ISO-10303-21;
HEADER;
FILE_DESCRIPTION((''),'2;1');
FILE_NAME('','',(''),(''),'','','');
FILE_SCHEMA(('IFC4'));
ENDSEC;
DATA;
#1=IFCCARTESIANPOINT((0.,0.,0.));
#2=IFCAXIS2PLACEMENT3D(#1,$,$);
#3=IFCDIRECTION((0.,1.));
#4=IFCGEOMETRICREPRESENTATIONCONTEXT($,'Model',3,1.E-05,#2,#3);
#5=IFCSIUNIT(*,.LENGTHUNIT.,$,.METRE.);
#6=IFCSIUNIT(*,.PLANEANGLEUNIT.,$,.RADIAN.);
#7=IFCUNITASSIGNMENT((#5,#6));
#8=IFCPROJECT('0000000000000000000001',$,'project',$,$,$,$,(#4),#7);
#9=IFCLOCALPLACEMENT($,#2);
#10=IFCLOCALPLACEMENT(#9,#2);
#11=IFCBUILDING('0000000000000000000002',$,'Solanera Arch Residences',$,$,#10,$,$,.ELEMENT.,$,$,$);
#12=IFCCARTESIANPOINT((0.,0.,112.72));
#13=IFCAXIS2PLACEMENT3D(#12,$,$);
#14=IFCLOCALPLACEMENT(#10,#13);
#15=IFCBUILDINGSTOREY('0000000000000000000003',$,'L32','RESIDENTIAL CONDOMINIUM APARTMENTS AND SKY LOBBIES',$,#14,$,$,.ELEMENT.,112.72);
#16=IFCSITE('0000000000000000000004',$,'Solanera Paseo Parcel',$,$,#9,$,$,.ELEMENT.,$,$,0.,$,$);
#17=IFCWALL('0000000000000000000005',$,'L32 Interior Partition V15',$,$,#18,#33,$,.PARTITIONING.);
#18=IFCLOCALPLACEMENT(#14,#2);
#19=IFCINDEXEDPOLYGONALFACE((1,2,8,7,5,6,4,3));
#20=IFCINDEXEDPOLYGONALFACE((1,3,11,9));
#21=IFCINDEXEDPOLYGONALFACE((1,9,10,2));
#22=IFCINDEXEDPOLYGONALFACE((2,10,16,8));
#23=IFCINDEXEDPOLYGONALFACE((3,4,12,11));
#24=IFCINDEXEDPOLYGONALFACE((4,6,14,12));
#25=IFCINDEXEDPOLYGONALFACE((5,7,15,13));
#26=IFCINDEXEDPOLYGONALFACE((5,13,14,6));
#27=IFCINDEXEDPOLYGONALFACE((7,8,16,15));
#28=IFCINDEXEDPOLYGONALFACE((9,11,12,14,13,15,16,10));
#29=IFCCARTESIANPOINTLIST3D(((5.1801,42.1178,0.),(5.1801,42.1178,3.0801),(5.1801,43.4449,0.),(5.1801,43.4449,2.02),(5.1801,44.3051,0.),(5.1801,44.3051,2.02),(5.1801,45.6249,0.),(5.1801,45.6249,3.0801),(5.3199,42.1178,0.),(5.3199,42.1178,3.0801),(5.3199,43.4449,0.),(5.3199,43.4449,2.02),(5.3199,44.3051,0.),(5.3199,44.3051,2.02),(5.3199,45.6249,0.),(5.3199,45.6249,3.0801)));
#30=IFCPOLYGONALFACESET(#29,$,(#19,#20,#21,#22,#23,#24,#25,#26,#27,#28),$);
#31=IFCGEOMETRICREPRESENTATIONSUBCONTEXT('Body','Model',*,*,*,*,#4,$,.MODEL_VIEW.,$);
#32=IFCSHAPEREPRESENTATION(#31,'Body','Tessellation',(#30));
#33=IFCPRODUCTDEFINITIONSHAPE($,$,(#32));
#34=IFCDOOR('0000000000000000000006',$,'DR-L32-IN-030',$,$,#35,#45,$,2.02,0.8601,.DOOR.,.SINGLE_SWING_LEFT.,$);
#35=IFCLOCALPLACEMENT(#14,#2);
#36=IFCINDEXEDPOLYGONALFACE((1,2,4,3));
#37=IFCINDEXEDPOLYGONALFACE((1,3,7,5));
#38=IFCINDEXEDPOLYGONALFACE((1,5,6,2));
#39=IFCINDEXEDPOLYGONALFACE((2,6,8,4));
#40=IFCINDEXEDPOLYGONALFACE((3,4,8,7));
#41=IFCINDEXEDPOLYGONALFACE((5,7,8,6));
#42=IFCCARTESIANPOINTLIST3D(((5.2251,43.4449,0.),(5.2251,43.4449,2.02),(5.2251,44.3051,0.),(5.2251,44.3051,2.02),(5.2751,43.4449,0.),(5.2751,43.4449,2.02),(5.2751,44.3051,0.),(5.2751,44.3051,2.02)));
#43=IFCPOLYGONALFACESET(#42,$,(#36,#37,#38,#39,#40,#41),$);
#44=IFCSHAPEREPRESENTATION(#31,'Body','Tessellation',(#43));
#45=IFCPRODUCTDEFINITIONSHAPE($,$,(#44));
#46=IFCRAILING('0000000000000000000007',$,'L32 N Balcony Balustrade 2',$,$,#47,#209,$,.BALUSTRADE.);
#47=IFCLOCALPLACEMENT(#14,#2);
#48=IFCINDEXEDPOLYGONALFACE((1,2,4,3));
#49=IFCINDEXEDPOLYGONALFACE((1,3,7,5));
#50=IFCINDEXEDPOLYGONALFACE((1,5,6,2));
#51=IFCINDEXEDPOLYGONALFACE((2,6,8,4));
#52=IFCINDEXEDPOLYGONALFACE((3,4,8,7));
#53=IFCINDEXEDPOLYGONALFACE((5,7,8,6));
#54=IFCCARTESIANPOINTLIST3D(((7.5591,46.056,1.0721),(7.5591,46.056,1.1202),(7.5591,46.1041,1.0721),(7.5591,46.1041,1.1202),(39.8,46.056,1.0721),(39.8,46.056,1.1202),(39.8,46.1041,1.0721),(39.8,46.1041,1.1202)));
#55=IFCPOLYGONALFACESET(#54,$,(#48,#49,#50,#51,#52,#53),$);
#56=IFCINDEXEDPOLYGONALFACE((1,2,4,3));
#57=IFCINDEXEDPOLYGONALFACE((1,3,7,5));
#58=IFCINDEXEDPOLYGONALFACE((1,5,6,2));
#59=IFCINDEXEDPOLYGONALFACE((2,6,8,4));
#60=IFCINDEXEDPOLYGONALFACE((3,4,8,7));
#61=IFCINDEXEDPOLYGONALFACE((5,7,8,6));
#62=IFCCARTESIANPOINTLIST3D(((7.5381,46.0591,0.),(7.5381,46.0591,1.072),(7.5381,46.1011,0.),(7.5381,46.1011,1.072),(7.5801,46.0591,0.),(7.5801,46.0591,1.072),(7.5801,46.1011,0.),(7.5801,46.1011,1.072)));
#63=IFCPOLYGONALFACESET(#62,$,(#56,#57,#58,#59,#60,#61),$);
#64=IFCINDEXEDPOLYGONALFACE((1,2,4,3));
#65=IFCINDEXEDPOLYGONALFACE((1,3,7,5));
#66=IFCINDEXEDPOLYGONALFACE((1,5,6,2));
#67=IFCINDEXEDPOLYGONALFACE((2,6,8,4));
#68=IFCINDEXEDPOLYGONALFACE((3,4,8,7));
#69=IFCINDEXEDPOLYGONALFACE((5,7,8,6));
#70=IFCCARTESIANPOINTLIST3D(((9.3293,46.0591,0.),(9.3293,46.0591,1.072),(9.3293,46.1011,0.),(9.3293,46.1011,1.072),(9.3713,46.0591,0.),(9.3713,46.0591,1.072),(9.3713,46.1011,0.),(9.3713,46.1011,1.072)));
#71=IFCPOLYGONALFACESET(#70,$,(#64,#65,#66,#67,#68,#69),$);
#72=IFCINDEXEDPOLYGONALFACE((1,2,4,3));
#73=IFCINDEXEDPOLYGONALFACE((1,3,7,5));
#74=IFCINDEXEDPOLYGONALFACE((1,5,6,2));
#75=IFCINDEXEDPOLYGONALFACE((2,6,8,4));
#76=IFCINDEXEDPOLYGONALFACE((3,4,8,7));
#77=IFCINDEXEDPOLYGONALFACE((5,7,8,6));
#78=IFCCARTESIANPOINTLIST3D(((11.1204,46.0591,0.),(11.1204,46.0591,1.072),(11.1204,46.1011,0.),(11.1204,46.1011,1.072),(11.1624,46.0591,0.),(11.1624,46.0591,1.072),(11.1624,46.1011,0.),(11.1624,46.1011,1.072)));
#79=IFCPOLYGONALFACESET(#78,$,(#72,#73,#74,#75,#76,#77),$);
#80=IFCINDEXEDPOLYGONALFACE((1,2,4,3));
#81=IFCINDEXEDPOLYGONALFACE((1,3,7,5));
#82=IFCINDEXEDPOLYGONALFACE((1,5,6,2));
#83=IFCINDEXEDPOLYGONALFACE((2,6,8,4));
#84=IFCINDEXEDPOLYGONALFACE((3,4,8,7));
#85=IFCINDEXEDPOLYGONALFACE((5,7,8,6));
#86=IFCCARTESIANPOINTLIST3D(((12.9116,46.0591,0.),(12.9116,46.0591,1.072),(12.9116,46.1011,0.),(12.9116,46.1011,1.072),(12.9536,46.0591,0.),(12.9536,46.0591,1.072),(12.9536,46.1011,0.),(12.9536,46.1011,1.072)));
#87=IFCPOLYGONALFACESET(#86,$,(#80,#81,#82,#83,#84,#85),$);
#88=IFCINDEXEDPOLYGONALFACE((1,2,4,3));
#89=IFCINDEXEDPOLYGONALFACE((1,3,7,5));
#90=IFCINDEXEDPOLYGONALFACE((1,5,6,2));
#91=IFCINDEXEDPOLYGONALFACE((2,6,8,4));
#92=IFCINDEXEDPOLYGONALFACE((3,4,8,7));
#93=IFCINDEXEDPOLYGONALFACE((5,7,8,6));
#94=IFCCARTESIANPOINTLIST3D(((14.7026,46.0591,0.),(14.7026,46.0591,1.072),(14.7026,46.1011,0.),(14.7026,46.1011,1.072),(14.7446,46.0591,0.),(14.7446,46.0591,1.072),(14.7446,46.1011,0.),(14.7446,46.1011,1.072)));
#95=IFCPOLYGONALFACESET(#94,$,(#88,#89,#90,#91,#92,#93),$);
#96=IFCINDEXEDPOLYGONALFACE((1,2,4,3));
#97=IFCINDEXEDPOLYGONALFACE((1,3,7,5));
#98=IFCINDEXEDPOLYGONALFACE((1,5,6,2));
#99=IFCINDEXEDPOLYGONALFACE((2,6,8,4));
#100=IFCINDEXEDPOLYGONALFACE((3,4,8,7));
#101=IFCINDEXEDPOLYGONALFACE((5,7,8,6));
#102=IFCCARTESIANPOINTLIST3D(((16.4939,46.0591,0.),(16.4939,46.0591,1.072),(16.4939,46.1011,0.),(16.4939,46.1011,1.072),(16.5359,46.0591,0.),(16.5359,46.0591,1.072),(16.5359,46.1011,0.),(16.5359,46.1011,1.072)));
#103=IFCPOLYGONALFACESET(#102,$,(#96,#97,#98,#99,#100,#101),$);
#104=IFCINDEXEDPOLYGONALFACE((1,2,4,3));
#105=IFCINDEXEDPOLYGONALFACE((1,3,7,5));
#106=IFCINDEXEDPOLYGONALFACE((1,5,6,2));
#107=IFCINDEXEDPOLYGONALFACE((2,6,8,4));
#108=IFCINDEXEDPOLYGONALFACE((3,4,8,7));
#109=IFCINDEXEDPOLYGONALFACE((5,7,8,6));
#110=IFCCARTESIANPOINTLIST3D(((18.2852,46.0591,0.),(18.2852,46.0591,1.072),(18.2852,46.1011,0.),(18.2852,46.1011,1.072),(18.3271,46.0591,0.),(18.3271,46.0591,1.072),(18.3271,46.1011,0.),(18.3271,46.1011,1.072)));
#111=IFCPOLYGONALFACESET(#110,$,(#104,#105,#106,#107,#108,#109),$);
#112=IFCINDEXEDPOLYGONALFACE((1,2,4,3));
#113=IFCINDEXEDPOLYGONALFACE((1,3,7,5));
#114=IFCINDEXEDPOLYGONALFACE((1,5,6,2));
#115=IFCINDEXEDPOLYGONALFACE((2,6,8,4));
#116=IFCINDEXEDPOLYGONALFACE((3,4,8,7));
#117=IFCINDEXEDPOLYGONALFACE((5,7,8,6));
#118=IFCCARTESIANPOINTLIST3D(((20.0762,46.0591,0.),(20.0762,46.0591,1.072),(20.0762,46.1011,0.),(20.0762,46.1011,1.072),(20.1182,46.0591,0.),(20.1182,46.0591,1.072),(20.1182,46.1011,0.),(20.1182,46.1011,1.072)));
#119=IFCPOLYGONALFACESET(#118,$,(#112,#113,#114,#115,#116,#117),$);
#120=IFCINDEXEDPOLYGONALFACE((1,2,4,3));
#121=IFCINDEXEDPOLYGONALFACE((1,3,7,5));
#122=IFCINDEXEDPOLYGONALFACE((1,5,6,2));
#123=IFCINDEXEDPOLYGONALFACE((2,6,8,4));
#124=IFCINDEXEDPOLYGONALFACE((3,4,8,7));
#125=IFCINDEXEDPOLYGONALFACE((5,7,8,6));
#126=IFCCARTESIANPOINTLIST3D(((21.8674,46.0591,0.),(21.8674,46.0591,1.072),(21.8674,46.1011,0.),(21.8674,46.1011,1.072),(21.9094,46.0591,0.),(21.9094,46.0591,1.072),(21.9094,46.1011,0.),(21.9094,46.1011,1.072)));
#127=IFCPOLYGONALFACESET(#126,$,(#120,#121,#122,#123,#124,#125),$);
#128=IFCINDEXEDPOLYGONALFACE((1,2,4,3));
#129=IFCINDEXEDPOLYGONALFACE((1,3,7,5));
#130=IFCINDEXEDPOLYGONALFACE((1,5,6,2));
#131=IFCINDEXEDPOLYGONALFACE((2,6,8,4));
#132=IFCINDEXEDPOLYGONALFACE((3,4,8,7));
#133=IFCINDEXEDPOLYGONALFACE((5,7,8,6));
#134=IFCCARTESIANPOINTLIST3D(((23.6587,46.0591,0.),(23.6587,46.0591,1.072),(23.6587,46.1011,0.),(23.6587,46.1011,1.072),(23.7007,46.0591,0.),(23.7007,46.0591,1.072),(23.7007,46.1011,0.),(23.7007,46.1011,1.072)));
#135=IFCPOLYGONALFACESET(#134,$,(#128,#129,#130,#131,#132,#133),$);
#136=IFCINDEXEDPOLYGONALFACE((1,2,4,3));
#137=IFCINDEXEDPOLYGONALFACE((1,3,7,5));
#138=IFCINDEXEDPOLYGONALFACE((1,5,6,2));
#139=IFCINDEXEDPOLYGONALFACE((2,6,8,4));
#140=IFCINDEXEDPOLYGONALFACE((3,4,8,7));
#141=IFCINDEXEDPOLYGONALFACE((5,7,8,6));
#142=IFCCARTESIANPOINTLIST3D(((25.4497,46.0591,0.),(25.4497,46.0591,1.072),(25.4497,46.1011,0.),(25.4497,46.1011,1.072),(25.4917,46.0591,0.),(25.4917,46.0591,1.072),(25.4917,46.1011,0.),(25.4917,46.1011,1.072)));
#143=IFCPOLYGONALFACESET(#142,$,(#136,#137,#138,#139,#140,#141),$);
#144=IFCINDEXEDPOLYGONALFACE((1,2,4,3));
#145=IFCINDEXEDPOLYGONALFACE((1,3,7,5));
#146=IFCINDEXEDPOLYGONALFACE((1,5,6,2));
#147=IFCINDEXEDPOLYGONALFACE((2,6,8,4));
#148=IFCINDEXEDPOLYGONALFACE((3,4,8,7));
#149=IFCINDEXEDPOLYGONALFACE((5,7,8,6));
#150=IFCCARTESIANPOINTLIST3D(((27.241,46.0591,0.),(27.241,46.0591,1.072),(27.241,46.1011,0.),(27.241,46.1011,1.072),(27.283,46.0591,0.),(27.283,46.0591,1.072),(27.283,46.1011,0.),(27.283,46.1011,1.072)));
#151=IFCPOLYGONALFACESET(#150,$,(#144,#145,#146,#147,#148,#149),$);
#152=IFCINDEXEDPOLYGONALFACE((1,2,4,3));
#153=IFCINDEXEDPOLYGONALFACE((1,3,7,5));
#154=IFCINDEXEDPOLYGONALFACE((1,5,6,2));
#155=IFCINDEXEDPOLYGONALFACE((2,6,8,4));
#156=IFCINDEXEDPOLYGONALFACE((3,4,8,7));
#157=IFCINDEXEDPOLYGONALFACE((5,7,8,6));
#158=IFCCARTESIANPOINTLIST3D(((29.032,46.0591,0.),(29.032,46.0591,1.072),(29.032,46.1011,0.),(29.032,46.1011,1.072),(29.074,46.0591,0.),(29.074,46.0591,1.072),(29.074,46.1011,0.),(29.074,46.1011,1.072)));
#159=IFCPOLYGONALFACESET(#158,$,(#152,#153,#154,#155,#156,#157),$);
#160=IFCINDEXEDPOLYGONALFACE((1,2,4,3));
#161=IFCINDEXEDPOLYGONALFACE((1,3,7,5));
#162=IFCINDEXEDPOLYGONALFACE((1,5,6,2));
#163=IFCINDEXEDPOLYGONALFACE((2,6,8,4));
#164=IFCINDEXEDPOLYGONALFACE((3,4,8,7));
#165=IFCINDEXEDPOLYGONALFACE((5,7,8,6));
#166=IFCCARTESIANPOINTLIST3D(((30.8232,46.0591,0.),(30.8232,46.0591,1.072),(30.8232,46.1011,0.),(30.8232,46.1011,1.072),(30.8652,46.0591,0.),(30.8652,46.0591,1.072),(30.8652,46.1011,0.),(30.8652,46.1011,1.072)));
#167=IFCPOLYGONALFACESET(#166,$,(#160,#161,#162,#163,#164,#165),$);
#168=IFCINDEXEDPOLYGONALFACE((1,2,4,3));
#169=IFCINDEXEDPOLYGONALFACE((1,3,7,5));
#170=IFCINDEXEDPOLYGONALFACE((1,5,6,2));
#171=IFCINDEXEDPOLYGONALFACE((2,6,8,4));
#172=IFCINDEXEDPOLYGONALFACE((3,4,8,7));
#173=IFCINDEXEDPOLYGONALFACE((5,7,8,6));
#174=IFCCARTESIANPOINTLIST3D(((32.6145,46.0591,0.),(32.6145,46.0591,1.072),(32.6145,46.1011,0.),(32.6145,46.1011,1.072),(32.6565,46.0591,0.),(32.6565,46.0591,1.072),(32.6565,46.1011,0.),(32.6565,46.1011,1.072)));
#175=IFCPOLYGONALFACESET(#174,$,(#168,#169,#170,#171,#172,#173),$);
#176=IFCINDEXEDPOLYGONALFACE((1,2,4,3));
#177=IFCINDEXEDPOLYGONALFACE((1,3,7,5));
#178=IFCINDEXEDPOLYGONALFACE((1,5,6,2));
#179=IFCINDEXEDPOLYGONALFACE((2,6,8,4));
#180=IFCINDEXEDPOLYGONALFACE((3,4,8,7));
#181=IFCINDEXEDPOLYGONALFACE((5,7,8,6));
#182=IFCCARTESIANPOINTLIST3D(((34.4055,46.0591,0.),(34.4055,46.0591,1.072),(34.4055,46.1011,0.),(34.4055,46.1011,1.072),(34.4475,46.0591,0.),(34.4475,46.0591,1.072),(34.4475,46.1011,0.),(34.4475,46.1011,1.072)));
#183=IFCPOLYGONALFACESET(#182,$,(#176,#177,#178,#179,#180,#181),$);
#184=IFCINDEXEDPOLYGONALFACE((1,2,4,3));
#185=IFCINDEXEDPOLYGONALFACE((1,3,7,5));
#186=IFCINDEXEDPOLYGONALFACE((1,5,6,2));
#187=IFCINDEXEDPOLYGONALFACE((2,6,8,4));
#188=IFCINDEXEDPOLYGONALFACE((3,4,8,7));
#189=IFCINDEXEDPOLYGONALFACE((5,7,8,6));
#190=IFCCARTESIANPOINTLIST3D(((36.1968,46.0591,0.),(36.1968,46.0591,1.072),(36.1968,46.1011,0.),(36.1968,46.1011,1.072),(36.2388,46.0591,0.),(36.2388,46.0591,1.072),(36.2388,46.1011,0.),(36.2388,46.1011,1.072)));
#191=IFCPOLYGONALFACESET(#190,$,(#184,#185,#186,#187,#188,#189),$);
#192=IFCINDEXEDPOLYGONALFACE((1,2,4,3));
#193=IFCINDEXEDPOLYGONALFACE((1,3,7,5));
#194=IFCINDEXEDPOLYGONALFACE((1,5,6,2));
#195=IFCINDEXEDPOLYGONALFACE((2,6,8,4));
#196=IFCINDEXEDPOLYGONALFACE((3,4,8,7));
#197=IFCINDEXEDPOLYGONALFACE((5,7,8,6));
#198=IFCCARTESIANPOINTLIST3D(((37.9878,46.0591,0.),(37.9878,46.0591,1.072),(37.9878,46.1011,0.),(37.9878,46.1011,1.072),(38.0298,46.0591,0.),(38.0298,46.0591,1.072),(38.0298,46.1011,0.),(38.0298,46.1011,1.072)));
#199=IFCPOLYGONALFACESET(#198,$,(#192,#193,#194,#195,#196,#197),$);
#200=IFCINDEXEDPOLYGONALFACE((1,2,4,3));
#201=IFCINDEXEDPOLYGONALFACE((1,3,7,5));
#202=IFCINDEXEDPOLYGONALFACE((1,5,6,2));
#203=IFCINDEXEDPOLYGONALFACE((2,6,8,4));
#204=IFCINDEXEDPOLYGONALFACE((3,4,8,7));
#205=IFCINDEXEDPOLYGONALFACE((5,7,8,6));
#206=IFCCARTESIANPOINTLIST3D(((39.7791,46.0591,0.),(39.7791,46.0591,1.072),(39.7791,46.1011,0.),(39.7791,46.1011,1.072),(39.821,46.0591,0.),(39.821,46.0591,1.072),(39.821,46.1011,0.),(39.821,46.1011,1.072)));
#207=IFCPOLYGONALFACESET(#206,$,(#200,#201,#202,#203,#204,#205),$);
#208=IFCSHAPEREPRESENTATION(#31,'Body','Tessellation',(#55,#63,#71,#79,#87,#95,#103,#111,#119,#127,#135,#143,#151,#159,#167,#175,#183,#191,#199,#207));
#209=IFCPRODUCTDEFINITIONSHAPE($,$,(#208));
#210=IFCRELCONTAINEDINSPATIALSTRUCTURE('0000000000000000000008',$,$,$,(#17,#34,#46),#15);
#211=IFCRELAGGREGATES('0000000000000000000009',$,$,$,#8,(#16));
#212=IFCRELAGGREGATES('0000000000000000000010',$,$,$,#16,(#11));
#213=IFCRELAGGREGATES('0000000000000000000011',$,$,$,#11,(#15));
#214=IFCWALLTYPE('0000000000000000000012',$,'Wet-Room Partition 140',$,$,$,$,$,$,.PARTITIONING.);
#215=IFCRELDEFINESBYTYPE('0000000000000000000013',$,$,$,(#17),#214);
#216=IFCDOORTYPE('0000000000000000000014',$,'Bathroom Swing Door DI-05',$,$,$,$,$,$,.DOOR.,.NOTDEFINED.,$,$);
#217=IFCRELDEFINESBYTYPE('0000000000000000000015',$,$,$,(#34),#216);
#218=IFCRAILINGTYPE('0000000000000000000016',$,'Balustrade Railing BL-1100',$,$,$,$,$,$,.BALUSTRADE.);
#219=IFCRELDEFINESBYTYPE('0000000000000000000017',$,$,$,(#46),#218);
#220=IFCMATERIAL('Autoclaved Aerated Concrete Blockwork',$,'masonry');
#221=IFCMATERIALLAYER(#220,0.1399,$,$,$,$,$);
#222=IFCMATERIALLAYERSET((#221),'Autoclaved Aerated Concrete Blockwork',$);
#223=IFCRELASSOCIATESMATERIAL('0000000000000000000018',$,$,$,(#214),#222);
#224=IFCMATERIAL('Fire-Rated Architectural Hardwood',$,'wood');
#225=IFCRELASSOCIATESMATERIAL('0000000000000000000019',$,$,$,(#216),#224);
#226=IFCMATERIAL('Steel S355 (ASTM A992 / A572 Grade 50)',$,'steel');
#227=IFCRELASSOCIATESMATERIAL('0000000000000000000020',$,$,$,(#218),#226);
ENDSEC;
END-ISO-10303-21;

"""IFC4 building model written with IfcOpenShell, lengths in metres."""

from ifc_helpers import new_model, si_unit, direction, frame, frame_2d, origin, origin_2d, place, context, subcontext, project, spatial, rectangle, extrude, material, layer, layer_set, type_object, element, fill, save


model = new_model("IFC4")

# Units and contexts
model_context = context("Model", 3, precision=1e-05, world=origin(), true_north=direction((0.0, 1.0)))
body_context = subcontext(model_context, "Body", "Model", "MODEL_VIEW")
ifc_project = project(units=[si_unit("LENGTHUNIT", "METRE"), si_unit("PLANEANGLEUNIT", "RADIAN")], contexts=[model_context])

# Site, building, storey
site_placement = place(None, origin())
site = spatial("IfcSite", under=ifc_project, at=site_placement, Name="Solanera Paseo Parcel", CompositionType="ELEMENT", RefElevation=0.0)
building_placement = place(site_placement, origin())
building = spatial("IfcBuilding", under=site, at=building_placement, Name="Solanera Arch Residences", CompositionType="ELEMENT")
storey_placement = place(building_placement, frame((0.0, 0.0, 112.72)))
storey = spatial("IfcBuildingStorey", under=building, at=storey_placement, Name="L32", Description="RESIDENTIAL CONDOMINIUM APARTMENTS AND SKY LOBBIES", CompositionType="ELEMENT", Elevation=112.72)

# Wall, opening, door
ifc_material_1 = material(Name="Autoclaved Aerated Concrete Blockwork", Category="masonry")
ifc_layer_1 = layer(ifc_material_1, 0.1399)
ifc_layer_set_1 = layer_set([ifc_layer_1], Name="Autoclaved Aerated Concrete Blockwork")
wall_type_1 = type_object("IfcWallType", Name="Wet-Room Partition 140", PredefinedType="PARTITIONING", material=ifc_layer_set_1)
wall_1_placement = place(storey_placement, frame((5.25, 42.1179, 0.0), z_axis=(0.0, 0.0, 1.0), x_axis=(0.0, 1.0, 0.0)))
wall_1 = element("IfcWall", 1, at=wall_1_placement, inside=storey, type_object=wall_type_1, Name="L32 Interior Partition V15", PredefinedType="PARTITIONING", context=body_context, shape_type="SweptSolid", body=[
    extrude(rectangle(XDim=3.5071, YDim=0.1399, at=frame_2d((1.7534, 0.0))), origin(), (0.0, 0.0, 1.0), 3.0801),
])
opening_1_placement = place(wall_1_placement, frame((1.3269, 0.0, 0.0)))
opening_1 = element("IfcOpeningElement", 2, at=opening_1_placement, cuts=wall_1, PredefinedType="OPENING", context=body_context, shape_type="SweptSolid", body=[
    extrude(rectangle(XDim=0.8601, YDim=2.02, at=frame_2d((0.4302, 1.01))), frame((0.0, 0.0798, 0.0), z_axis=(0.0, -1.0, 0.0), x_axis=(1.0, 0.0, 0.0)), (0.0, 0.0, 1.0), 0.1599),
])
ifc_material_2 = material(Name="Fire-Rated Architectural Hardwood", Category="wood")
door_type_1 = type_object("IfcDoorType", Name="Bathroom Swing Door DI-05", OperationType="NOTDEFINED", PredefinedType="DOOR", material=ifc_material_2)
door_1_placement = place(opening_1_placement, origin())
door_1 = element("IfcDoor", 3, at=door_1_placement, inside=storey, type_object=door_type_1, Name="DR-L32-IN-030", OperationType="SINGLE_SWING_LEFT", OverallHeight=2.02, OverallWidth=0.8601, PredefinedType="DOOR", context=body_context, shape_type="SweptSolid", body=[
    extrude(rectangle(XDim=0.8601, YDim=2.02, at=frame_2d((0.4302, 1.01))), frame((0.0, 0.0249, 0.0), z_axis=(0.0, -1.0, 0.0), x_axis=(1.0, 0.0, 0.0)), (0.0, 0.0, 1.0), 0.05),
])
fill(opening_1, door_1)

# Railing
ifc_material_3 = material(Name="Steel S355 (ASTM A992 / A572 Grade 50)", Category="steel")
railing_type = type_object("IfcRailingType", Name="Balustrade Railing BL-1100", PredefinedType="BALUSTRADE", material=ifc_material_3)
railing_placement = place(storey_placement, frame((7.5591, 46.0801, 0.0)))
element("IfcRailing", 4, at=railing_placement, inside=storey, type_object=railing_type, Name="L32 N Balcony Balustrade 2", PredefinedType="BALUSTRADE", context=body_context, shape_type="SweptSolid", body=[
    extrude(rectangle(XDim=0.0481, YDim=0.0481, at=origin_2d()), frame((0.0, 0.0, 1.0962), z_axis=(1.0, 0.0, 0.0), x_axis=(0.0, 1.0, 0.0)), (0.0, 0.0, 1.0), 32.241),
    extrude(rectangle(XDim=0.042, YDim=0.042, at=origin_2d()), origin(), (0.0, 0.0, 1.0), 1.072),
    extrude(rectangle(XDim=0.042, YDim=0.042, at=origin_2d()), frame((1.7913, 0.0, 0.0)), (0.0, 0.0, 1.0), 1.072),
    extrude(rectangle(XDim=0.042, YDim=0.042, at=origin_2d()), frame((3.5823, 0.0, 0.0)), (0.0, 0.0, 1.0), 1.072),
    extrude(rectangle(XDim=0.042, YDim=0.042, at=origin_2d()), frame((5.3735, 0.0, 0.0)), (0.0, 0.0, 1.0), 1.072),
    extrude(rectangle(XDim=0.042, YDim=0.042, at=origin_2d()), frame((7.1646, 0.0, 0.0)), (0.0, 0.0, 1.0), 1.072),
    extrude(rectangle(XDim=0.042, YDim=0.042, at=origin_2d()), frame((8.9558, 0.0, 0.0)), (0.0, 0.0, 1.0), 1.072),
    extrude(rectangle(XDim=0.042, YDim=0.042, at=origin_2d()), frame((10.7471, 0.0, 0.0)), (0.0, 0.0, 1.0), 1.072),
    extrude(rectangle(XDim=0.042, YDim=0.042, at=origin_2d()), frame((12.5381, 0.0, 0.0)), (0.0, 0.0, 1.0), 1.072),
    extrude(rectangle(XDim=0.042, YDim=0.042, at=origin_2d()), frame((14.3293, 0.0, 0.0)), (0.0, 0.0, 1.0), 1.072),
    extrude(rectangle(XDim=0.042, YDim=0.042, at=origin_2d()), frame((16.1206, 0.0, 0.0)), (0.0, 0.0, 1.0), 1.072),
    extrude(rectangle(XDim=0.042, YDim=0.042, at=origin_2d()), frame((17.9116, 0.0, 0.0)), (0.0, 0.0, 1.0), 1.072),
    extrude(rectangle(XDim=0.042, YDim=0.042, at=origin_2d()), frame((19.7029, 0.0, 0.0)), (0.0, 0.0, 1.0), 1.072),
    extrude(rectangle(XDim=0.042, YDim=0.042, at=origin_2d()), frame((21.4939, 0.0, 0.0)), (0.0, 0.0, 1.0), 1.072),
    extrude(rectangle(XDim=0.042, YDim=0.042, at=origin_2d()), frame((23.2852, 0.0, 0.0)), (0.0, 0.0, 1.0), 1.072),
    extrude(rectangle(XDim=0.042, YDim=0.042, at=origin_2d()), frame((25.0764, 0.0, 0.0)), (0.0, 0.0, 1.0), 1.072),
    extrude(rectangle(XDim=0.042, YDim=0.042, at=origin_2d()), frame((26.8674, 0.0, 0.0)), (0.0, 0.0, 1.0), 1.072),
    extrude(rectangle(XDim=0.042, YDim=0.042, at=origin_2d()), frame((28.6587, 0.0, 0.0)), (0.0, 0.0, 1.0), 1.072),
    extrude(rectangle(XDim=0.042, YDim=0.042, at=origin_2d()), frame((30.4497, 0.0, 0.0)), (0.0, 0.0, 1.0), 1.072),
    extrude(rectangle(XDim=0.042, YDim=0.042, at=origin_2d()), frame((32.241, 0.0, 0.0)), (0.0, 0.0, 1.0), 1.072),
])

save(model, "model.ifc")
